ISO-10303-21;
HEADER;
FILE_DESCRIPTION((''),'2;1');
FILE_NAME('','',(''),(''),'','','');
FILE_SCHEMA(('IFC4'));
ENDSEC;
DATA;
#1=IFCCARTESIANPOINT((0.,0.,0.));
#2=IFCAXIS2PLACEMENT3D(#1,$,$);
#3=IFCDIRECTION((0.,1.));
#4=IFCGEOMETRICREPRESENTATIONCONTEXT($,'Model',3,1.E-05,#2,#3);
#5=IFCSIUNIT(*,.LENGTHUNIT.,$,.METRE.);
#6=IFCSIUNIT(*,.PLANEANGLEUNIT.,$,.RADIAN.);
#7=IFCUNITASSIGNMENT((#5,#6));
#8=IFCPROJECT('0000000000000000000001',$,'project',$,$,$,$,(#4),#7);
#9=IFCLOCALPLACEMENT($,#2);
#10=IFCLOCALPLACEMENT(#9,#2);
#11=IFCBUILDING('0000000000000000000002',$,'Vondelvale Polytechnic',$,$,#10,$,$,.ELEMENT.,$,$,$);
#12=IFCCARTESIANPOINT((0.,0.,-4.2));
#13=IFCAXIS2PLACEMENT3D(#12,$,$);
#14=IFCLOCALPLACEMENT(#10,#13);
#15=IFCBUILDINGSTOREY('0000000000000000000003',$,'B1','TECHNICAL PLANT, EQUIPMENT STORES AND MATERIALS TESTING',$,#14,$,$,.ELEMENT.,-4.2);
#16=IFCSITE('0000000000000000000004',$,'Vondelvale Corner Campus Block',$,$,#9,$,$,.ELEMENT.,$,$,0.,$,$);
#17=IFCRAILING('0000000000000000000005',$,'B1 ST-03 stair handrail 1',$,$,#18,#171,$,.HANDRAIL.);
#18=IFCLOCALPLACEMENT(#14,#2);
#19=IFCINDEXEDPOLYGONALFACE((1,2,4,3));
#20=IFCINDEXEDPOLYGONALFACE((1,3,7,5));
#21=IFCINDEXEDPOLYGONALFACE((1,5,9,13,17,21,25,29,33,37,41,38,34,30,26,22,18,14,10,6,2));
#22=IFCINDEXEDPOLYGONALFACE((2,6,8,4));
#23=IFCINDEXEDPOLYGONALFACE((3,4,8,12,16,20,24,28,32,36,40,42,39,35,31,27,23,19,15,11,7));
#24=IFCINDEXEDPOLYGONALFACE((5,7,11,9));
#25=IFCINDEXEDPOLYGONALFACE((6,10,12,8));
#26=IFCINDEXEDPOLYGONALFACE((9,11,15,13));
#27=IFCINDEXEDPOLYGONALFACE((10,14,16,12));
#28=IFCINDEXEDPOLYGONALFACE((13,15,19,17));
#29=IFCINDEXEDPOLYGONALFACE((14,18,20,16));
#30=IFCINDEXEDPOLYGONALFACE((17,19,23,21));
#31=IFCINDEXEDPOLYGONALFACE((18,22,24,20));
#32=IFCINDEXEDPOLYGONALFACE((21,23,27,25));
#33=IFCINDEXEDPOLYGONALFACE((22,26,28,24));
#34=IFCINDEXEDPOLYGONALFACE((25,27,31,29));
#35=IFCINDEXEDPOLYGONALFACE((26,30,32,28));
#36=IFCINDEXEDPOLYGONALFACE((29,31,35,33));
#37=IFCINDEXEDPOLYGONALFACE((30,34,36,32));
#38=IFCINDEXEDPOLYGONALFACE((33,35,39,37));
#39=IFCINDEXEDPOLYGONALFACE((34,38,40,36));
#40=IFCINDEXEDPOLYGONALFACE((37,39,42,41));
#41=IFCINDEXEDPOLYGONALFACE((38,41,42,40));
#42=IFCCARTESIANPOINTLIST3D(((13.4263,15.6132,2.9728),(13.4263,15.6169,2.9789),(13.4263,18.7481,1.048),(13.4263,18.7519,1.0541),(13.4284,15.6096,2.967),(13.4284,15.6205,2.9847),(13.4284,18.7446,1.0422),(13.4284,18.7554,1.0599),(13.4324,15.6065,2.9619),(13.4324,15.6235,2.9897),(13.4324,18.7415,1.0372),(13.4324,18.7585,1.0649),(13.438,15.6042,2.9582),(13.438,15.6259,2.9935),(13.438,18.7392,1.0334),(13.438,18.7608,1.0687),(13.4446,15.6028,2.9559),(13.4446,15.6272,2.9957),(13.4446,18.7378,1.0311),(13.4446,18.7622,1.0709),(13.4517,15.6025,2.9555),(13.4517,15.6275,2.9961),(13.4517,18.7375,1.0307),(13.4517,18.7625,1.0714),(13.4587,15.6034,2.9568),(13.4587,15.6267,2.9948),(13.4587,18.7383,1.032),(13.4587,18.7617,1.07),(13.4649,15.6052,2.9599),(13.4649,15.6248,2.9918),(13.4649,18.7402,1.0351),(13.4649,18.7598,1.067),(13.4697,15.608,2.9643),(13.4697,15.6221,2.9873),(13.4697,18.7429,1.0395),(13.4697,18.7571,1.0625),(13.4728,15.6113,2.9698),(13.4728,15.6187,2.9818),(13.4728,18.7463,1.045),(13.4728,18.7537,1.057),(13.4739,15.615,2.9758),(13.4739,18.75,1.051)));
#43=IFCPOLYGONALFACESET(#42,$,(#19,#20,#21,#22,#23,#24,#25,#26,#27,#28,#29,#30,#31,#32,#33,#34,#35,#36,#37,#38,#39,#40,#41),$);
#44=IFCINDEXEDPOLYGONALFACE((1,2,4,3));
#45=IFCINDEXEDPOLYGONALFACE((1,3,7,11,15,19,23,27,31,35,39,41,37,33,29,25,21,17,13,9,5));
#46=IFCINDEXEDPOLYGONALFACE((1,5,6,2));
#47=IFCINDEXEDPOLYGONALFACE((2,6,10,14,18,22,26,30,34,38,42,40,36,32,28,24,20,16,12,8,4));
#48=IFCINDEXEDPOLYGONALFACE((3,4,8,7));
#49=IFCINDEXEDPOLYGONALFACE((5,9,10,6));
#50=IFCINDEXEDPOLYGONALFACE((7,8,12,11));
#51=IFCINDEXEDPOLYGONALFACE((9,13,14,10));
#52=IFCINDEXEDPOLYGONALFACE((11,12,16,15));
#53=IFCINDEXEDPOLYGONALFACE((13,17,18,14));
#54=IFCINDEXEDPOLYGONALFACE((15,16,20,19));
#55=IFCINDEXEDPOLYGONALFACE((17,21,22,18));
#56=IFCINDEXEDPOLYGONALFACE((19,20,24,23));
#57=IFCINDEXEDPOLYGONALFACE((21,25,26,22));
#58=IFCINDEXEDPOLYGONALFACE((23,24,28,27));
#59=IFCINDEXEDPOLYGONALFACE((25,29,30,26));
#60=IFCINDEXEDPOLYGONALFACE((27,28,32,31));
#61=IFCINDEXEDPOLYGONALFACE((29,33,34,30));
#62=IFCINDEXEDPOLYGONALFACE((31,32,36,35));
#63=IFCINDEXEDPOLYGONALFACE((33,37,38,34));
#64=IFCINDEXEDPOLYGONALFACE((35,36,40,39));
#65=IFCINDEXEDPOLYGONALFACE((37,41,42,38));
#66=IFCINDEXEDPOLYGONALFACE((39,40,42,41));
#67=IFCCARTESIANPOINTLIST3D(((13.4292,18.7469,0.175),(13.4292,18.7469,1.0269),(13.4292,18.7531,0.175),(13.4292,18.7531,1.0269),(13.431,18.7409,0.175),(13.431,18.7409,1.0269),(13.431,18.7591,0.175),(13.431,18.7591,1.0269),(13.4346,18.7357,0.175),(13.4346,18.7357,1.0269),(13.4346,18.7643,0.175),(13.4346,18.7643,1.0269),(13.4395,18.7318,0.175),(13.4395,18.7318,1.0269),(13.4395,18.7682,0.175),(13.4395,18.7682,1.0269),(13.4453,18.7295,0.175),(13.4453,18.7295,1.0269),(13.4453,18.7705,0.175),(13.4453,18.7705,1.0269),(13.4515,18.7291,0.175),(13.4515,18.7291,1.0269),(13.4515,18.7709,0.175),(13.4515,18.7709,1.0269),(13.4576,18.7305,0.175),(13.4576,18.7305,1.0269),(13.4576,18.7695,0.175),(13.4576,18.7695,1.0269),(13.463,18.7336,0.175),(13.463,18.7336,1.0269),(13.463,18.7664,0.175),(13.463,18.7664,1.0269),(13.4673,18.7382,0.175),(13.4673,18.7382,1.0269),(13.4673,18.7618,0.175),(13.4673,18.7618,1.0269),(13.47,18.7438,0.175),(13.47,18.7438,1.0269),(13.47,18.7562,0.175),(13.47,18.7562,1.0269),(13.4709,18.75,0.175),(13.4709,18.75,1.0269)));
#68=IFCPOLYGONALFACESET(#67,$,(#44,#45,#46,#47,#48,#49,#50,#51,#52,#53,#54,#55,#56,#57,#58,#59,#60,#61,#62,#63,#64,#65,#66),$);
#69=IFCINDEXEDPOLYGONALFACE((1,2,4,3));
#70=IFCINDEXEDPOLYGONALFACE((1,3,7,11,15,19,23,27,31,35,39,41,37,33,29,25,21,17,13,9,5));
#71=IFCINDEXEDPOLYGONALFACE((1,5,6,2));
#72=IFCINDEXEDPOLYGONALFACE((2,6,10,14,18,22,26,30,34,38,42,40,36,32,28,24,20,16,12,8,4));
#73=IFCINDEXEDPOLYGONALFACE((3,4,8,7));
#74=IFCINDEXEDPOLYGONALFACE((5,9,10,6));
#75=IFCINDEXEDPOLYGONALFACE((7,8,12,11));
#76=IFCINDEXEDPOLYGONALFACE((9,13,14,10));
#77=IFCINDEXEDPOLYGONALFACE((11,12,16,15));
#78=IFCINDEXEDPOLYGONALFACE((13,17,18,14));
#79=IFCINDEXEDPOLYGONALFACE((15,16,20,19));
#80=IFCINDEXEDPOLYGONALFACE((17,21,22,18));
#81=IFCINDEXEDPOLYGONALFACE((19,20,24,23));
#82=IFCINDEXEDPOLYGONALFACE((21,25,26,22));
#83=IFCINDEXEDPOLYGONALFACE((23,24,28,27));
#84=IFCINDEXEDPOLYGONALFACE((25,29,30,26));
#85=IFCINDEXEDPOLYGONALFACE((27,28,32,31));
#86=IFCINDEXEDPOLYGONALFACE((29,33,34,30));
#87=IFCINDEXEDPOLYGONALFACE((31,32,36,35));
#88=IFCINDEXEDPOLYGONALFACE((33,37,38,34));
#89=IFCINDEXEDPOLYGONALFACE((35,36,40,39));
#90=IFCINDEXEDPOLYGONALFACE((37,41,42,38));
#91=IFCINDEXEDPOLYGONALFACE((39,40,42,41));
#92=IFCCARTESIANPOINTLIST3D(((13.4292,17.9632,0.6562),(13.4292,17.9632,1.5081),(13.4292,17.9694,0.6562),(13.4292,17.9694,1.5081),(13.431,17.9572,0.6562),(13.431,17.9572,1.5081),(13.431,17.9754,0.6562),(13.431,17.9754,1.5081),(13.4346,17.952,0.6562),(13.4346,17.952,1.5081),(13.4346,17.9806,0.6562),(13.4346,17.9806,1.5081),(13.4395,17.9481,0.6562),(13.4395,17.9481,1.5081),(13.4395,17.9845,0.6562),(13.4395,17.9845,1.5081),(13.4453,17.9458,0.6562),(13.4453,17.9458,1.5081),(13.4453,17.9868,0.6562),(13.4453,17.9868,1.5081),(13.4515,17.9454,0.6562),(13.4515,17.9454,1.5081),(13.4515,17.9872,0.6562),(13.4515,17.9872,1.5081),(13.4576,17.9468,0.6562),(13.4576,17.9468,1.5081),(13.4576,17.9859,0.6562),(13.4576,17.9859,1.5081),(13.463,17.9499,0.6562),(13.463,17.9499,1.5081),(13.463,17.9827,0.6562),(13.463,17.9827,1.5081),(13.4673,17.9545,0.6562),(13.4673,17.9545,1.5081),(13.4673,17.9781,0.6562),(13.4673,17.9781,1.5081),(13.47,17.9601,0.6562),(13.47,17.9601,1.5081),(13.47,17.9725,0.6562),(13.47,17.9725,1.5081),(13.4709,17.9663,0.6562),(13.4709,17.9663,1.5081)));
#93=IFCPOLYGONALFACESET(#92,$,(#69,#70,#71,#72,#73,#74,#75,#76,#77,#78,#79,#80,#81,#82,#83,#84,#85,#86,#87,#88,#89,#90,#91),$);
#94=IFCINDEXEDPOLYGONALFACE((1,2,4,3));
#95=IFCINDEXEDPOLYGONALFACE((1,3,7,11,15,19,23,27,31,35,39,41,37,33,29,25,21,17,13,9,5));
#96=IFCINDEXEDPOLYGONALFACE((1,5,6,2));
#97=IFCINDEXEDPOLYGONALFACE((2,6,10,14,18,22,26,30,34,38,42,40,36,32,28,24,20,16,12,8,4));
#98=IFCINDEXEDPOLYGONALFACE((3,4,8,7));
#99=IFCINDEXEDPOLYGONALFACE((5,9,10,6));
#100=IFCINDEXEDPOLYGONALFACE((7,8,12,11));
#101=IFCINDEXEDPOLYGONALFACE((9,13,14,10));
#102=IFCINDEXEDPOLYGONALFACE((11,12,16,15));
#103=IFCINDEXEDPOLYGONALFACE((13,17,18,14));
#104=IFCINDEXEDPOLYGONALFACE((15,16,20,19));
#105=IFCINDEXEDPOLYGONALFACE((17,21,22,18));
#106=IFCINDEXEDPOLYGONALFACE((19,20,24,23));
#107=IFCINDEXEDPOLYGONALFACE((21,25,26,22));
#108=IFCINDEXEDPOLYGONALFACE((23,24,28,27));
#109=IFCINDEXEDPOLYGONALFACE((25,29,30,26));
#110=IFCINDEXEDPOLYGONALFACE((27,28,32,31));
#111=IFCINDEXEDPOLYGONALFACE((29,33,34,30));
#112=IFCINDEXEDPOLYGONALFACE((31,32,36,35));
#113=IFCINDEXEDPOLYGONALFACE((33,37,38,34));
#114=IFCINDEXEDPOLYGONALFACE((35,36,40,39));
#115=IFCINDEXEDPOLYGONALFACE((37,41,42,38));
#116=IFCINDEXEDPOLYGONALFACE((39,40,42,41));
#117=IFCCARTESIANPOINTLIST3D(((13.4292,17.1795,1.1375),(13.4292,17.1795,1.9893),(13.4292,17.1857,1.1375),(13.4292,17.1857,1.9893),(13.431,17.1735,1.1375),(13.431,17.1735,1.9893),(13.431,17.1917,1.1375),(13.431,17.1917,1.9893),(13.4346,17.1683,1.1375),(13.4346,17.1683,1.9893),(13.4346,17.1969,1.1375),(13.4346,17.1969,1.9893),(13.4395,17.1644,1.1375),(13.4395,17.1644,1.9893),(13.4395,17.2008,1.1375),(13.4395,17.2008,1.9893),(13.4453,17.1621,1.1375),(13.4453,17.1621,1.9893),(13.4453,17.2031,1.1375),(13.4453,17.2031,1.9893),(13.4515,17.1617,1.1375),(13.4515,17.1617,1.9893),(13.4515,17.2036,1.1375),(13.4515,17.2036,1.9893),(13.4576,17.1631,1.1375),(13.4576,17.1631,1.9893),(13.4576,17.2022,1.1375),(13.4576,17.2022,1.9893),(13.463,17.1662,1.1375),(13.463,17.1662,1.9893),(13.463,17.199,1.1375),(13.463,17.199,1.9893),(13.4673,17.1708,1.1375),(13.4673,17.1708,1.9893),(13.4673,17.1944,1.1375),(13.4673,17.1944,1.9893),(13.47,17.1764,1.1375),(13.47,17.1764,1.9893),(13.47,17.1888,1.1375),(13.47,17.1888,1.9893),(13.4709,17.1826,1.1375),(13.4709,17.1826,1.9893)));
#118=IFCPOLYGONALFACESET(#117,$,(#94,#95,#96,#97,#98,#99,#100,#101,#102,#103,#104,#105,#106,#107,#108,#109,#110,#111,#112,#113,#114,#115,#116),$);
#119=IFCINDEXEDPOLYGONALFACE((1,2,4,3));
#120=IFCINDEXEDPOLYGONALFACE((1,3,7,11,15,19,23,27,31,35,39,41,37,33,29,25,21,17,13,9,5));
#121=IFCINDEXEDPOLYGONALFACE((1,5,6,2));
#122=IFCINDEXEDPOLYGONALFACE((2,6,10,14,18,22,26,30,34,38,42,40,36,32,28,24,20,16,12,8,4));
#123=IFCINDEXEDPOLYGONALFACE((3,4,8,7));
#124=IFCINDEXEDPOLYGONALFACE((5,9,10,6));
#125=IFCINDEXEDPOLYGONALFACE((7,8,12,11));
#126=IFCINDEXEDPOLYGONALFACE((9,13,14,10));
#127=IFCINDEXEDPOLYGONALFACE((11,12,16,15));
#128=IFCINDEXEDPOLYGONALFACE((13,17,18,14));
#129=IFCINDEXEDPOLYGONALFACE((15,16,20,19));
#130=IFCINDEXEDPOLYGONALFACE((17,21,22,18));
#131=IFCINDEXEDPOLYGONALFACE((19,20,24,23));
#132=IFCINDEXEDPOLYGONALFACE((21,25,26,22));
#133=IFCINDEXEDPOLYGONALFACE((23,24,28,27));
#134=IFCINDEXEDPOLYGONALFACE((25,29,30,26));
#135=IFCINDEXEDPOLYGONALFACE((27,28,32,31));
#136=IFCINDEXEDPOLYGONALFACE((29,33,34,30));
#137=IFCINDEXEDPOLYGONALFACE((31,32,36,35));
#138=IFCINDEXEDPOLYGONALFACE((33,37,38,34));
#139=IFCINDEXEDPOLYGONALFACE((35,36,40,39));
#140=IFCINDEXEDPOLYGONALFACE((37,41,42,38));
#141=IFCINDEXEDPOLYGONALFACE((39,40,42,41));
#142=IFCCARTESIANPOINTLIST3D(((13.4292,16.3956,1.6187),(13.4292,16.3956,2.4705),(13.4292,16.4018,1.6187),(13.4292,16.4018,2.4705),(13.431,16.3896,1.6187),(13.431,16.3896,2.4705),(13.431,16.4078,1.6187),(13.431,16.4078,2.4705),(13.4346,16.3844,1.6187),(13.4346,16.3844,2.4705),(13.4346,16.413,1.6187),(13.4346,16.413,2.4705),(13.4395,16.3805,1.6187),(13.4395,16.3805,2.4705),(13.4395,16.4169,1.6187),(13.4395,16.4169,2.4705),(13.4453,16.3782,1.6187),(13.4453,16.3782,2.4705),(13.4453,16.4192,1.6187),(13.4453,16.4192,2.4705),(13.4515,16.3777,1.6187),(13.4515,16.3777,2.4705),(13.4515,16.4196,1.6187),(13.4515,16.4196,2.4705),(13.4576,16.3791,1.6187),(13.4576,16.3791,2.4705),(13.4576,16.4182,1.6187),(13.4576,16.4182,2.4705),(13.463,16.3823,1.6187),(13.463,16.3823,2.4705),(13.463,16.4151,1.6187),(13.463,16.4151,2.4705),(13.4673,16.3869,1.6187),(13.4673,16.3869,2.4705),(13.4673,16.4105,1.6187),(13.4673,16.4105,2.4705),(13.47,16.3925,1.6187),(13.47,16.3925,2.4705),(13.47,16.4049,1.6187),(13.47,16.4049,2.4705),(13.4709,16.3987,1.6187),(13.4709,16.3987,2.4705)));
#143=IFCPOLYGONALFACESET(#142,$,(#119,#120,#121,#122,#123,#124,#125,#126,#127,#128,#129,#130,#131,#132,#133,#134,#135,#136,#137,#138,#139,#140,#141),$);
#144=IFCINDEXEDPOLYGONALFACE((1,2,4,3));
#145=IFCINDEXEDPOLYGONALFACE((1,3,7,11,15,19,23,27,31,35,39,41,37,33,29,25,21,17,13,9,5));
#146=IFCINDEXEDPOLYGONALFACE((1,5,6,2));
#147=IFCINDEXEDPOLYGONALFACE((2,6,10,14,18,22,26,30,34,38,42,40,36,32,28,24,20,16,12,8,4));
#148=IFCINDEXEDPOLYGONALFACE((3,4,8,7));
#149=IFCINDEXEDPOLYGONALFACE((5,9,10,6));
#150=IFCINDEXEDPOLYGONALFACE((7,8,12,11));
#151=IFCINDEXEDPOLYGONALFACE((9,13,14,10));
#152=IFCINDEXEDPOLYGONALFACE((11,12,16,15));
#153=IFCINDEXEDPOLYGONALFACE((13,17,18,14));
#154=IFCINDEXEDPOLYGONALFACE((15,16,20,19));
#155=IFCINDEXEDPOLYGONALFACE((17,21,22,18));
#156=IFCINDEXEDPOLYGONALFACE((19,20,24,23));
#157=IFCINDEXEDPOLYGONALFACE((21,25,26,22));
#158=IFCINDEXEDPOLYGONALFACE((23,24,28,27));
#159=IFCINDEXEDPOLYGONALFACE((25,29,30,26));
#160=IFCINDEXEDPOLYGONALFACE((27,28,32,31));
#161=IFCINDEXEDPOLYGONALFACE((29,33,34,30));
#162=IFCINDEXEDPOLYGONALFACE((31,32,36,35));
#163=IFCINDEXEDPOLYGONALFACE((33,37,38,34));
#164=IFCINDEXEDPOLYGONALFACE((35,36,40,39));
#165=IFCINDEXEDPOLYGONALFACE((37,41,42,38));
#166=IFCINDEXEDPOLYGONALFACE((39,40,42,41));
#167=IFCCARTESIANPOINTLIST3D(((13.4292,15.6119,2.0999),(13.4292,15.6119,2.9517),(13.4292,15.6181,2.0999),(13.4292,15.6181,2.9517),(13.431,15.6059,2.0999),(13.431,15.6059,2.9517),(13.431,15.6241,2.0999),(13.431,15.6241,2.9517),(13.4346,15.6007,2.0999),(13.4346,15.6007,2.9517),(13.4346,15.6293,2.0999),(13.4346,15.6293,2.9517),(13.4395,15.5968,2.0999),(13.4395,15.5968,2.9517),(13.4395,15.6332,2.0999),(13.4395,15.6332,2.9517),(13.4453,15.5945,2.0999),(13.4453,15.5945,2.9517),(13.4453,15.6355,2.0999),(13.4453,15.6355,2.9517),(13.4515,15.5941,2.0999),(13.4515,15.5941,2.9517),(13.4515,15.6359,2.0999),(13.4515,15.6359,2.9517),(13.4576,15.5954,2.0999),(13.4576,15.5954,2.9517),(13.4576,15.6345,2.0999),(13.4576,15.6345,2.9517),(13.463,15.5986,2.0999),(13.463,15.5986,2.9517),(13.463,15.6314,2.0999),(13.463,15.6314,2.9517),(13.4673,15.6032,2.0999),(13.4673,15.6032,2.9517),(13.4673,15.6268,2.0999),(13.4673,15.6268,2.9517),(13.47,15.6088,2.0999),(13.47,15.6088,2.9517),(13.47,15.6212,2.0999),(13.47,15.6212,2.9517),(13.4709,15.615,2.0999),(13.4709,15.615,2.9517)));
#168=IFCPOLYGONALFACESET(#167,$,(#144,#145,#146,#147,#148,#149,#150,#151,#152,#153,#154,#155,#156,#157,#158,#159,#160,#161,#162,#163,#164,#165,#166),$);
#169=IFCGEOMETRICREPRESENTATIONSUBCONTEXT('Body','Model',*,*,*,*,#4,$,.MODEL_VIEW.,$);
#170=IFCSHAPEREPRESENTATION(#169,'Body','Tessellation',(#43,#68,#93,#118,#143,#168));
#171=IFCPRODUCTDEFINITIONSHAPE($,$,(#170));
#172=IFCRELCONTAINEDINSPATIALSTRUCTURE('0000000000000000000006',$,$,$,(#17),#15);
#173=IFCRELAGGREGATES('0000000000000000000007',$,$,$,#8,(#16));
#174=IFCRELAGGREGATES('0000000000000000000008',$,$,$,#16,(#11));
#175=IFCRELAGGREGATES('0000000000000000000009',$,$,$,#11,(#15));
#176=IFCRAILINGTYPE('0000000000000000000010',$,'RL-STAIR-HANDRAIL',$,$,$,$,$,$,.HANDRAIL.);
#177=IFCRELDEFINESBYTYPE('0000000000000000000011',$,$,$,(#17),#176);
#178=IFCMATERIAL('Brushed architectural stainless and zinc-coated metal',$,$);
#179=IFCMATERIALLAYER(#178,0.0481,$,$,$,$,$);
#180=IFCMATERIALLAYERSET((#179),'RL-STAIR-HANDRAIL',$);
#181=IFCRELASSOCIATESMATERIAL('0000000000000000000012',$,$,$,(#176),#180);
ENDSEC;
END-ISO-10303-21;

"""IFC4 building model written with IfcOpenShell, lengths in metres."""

from ifc_helpers import new_model, si_unit, direction, frame, origin, origin_2d, place, context, subcontext, project, spatial, circle, extrude, material, layer, layer_set, type_object, element, save


model = new_model("IFC4")

# Units and contexts
model_context = context("Model", 3, precision=1e-05, world=origin(), true_north=direction((0.0, 1.0)))
body_context = subcontext(model_context, "Body", "Model", "MODEL_VIEW")
ifc_project = project(units=[si_unit("LENGTHUNIT", "METRE"), si_unit("PLANEANGLEUNIT", "RADIAN")], contexts=[model_context])

# Site, building, storey
site_placement = place(None, origin())
site = spatial("IfcSite", under=ifc_project, at=site_placement, Name="Vondelvale Corner Campus Block", CompositionType="ELEMENT", RefElevation=0.0)
building_placement = place(site_placement, origin())
building = spatial("IfcBuilding", under=site, at=building_placement, Name="Vondelvale Polytechnic", CompositionType="ELEMENT")
storey_placement = place(building_placement, frame((0.0, 0.0, -4.2)))
storey = spatial("IfcBuildingStorey", under=building, at=storey_placement, Name="B1", Description="TECHNICAL PLANT, EQUIPMENT STORES AND MATERIALS TESTING", CompositionType="ELEMENT", Elevation=-4.2)

# Shared definitions
ifc_material_1 = material(Name="Brushed architectural stainless and zinc-coated metal")

# Railing
ifc_layer_1 = layer(ifc_material_1, 0.0481)
ifc_layer_set_1 = layer_set([ifc_layer_1], Name="RL-STAIR-HANDRAIL")
railing_type_1 = type_object("IfcRailingType", Name="RL-STAIR-HANDRAIL", PredefinedType="HANDRAIL", material=ifc_layer_set_1)
railing_1_placement = place(storey_placement, frame((13.45, 18.75, 0.175)))
element("IfcRailing", 1, at=railing_1_placement, inside=storey, type_object=railing_type_1, Name="B1 ST-03 stair handrail 1", PredefinedType="HANDRAIL", context=body_context, shape_type="SweptSolid", body=[
    extrude(circle(Radius=0.0239, at=origin_2d()), frame((0.0, 0.0, 0.876), z_axis=(0.0, -0.852196, 0.523223), x_axis=(1.0, 0.0, 0.0)), (0.0, 0.0, 1.0), 3.6787),
    extrude(circle(Radius=0.021, at=origin_2d()), origin(), (0.0, 0.0, 1.0), 0.8518),
    extrude(circle(Radius=0.021, at=origin_2d()), frame((0.0, -0.7837, 0.4812)), (0.0, 0.0, 1.0), 0.8518),
    extrude(circle(Radius=0.021, at=origin_2d()), frame((0.0, -1.5674, 0.9624)), (0.0, 0.0, 1.0), 0.8518),
    extrude(circle(Radius=0.021, at=origin_2d()), frame((0.0, -2.3513, 1.4436)), (0.0, 0.0, 1.0), 0.8518),
    extrude(circle(Radius=0.021, at=origin_2d()), frame((0.0, -3.135, 1.9248)), (0.0, 0.0, 1.0), 0.8518),
])

save(model, "model.ifc")
